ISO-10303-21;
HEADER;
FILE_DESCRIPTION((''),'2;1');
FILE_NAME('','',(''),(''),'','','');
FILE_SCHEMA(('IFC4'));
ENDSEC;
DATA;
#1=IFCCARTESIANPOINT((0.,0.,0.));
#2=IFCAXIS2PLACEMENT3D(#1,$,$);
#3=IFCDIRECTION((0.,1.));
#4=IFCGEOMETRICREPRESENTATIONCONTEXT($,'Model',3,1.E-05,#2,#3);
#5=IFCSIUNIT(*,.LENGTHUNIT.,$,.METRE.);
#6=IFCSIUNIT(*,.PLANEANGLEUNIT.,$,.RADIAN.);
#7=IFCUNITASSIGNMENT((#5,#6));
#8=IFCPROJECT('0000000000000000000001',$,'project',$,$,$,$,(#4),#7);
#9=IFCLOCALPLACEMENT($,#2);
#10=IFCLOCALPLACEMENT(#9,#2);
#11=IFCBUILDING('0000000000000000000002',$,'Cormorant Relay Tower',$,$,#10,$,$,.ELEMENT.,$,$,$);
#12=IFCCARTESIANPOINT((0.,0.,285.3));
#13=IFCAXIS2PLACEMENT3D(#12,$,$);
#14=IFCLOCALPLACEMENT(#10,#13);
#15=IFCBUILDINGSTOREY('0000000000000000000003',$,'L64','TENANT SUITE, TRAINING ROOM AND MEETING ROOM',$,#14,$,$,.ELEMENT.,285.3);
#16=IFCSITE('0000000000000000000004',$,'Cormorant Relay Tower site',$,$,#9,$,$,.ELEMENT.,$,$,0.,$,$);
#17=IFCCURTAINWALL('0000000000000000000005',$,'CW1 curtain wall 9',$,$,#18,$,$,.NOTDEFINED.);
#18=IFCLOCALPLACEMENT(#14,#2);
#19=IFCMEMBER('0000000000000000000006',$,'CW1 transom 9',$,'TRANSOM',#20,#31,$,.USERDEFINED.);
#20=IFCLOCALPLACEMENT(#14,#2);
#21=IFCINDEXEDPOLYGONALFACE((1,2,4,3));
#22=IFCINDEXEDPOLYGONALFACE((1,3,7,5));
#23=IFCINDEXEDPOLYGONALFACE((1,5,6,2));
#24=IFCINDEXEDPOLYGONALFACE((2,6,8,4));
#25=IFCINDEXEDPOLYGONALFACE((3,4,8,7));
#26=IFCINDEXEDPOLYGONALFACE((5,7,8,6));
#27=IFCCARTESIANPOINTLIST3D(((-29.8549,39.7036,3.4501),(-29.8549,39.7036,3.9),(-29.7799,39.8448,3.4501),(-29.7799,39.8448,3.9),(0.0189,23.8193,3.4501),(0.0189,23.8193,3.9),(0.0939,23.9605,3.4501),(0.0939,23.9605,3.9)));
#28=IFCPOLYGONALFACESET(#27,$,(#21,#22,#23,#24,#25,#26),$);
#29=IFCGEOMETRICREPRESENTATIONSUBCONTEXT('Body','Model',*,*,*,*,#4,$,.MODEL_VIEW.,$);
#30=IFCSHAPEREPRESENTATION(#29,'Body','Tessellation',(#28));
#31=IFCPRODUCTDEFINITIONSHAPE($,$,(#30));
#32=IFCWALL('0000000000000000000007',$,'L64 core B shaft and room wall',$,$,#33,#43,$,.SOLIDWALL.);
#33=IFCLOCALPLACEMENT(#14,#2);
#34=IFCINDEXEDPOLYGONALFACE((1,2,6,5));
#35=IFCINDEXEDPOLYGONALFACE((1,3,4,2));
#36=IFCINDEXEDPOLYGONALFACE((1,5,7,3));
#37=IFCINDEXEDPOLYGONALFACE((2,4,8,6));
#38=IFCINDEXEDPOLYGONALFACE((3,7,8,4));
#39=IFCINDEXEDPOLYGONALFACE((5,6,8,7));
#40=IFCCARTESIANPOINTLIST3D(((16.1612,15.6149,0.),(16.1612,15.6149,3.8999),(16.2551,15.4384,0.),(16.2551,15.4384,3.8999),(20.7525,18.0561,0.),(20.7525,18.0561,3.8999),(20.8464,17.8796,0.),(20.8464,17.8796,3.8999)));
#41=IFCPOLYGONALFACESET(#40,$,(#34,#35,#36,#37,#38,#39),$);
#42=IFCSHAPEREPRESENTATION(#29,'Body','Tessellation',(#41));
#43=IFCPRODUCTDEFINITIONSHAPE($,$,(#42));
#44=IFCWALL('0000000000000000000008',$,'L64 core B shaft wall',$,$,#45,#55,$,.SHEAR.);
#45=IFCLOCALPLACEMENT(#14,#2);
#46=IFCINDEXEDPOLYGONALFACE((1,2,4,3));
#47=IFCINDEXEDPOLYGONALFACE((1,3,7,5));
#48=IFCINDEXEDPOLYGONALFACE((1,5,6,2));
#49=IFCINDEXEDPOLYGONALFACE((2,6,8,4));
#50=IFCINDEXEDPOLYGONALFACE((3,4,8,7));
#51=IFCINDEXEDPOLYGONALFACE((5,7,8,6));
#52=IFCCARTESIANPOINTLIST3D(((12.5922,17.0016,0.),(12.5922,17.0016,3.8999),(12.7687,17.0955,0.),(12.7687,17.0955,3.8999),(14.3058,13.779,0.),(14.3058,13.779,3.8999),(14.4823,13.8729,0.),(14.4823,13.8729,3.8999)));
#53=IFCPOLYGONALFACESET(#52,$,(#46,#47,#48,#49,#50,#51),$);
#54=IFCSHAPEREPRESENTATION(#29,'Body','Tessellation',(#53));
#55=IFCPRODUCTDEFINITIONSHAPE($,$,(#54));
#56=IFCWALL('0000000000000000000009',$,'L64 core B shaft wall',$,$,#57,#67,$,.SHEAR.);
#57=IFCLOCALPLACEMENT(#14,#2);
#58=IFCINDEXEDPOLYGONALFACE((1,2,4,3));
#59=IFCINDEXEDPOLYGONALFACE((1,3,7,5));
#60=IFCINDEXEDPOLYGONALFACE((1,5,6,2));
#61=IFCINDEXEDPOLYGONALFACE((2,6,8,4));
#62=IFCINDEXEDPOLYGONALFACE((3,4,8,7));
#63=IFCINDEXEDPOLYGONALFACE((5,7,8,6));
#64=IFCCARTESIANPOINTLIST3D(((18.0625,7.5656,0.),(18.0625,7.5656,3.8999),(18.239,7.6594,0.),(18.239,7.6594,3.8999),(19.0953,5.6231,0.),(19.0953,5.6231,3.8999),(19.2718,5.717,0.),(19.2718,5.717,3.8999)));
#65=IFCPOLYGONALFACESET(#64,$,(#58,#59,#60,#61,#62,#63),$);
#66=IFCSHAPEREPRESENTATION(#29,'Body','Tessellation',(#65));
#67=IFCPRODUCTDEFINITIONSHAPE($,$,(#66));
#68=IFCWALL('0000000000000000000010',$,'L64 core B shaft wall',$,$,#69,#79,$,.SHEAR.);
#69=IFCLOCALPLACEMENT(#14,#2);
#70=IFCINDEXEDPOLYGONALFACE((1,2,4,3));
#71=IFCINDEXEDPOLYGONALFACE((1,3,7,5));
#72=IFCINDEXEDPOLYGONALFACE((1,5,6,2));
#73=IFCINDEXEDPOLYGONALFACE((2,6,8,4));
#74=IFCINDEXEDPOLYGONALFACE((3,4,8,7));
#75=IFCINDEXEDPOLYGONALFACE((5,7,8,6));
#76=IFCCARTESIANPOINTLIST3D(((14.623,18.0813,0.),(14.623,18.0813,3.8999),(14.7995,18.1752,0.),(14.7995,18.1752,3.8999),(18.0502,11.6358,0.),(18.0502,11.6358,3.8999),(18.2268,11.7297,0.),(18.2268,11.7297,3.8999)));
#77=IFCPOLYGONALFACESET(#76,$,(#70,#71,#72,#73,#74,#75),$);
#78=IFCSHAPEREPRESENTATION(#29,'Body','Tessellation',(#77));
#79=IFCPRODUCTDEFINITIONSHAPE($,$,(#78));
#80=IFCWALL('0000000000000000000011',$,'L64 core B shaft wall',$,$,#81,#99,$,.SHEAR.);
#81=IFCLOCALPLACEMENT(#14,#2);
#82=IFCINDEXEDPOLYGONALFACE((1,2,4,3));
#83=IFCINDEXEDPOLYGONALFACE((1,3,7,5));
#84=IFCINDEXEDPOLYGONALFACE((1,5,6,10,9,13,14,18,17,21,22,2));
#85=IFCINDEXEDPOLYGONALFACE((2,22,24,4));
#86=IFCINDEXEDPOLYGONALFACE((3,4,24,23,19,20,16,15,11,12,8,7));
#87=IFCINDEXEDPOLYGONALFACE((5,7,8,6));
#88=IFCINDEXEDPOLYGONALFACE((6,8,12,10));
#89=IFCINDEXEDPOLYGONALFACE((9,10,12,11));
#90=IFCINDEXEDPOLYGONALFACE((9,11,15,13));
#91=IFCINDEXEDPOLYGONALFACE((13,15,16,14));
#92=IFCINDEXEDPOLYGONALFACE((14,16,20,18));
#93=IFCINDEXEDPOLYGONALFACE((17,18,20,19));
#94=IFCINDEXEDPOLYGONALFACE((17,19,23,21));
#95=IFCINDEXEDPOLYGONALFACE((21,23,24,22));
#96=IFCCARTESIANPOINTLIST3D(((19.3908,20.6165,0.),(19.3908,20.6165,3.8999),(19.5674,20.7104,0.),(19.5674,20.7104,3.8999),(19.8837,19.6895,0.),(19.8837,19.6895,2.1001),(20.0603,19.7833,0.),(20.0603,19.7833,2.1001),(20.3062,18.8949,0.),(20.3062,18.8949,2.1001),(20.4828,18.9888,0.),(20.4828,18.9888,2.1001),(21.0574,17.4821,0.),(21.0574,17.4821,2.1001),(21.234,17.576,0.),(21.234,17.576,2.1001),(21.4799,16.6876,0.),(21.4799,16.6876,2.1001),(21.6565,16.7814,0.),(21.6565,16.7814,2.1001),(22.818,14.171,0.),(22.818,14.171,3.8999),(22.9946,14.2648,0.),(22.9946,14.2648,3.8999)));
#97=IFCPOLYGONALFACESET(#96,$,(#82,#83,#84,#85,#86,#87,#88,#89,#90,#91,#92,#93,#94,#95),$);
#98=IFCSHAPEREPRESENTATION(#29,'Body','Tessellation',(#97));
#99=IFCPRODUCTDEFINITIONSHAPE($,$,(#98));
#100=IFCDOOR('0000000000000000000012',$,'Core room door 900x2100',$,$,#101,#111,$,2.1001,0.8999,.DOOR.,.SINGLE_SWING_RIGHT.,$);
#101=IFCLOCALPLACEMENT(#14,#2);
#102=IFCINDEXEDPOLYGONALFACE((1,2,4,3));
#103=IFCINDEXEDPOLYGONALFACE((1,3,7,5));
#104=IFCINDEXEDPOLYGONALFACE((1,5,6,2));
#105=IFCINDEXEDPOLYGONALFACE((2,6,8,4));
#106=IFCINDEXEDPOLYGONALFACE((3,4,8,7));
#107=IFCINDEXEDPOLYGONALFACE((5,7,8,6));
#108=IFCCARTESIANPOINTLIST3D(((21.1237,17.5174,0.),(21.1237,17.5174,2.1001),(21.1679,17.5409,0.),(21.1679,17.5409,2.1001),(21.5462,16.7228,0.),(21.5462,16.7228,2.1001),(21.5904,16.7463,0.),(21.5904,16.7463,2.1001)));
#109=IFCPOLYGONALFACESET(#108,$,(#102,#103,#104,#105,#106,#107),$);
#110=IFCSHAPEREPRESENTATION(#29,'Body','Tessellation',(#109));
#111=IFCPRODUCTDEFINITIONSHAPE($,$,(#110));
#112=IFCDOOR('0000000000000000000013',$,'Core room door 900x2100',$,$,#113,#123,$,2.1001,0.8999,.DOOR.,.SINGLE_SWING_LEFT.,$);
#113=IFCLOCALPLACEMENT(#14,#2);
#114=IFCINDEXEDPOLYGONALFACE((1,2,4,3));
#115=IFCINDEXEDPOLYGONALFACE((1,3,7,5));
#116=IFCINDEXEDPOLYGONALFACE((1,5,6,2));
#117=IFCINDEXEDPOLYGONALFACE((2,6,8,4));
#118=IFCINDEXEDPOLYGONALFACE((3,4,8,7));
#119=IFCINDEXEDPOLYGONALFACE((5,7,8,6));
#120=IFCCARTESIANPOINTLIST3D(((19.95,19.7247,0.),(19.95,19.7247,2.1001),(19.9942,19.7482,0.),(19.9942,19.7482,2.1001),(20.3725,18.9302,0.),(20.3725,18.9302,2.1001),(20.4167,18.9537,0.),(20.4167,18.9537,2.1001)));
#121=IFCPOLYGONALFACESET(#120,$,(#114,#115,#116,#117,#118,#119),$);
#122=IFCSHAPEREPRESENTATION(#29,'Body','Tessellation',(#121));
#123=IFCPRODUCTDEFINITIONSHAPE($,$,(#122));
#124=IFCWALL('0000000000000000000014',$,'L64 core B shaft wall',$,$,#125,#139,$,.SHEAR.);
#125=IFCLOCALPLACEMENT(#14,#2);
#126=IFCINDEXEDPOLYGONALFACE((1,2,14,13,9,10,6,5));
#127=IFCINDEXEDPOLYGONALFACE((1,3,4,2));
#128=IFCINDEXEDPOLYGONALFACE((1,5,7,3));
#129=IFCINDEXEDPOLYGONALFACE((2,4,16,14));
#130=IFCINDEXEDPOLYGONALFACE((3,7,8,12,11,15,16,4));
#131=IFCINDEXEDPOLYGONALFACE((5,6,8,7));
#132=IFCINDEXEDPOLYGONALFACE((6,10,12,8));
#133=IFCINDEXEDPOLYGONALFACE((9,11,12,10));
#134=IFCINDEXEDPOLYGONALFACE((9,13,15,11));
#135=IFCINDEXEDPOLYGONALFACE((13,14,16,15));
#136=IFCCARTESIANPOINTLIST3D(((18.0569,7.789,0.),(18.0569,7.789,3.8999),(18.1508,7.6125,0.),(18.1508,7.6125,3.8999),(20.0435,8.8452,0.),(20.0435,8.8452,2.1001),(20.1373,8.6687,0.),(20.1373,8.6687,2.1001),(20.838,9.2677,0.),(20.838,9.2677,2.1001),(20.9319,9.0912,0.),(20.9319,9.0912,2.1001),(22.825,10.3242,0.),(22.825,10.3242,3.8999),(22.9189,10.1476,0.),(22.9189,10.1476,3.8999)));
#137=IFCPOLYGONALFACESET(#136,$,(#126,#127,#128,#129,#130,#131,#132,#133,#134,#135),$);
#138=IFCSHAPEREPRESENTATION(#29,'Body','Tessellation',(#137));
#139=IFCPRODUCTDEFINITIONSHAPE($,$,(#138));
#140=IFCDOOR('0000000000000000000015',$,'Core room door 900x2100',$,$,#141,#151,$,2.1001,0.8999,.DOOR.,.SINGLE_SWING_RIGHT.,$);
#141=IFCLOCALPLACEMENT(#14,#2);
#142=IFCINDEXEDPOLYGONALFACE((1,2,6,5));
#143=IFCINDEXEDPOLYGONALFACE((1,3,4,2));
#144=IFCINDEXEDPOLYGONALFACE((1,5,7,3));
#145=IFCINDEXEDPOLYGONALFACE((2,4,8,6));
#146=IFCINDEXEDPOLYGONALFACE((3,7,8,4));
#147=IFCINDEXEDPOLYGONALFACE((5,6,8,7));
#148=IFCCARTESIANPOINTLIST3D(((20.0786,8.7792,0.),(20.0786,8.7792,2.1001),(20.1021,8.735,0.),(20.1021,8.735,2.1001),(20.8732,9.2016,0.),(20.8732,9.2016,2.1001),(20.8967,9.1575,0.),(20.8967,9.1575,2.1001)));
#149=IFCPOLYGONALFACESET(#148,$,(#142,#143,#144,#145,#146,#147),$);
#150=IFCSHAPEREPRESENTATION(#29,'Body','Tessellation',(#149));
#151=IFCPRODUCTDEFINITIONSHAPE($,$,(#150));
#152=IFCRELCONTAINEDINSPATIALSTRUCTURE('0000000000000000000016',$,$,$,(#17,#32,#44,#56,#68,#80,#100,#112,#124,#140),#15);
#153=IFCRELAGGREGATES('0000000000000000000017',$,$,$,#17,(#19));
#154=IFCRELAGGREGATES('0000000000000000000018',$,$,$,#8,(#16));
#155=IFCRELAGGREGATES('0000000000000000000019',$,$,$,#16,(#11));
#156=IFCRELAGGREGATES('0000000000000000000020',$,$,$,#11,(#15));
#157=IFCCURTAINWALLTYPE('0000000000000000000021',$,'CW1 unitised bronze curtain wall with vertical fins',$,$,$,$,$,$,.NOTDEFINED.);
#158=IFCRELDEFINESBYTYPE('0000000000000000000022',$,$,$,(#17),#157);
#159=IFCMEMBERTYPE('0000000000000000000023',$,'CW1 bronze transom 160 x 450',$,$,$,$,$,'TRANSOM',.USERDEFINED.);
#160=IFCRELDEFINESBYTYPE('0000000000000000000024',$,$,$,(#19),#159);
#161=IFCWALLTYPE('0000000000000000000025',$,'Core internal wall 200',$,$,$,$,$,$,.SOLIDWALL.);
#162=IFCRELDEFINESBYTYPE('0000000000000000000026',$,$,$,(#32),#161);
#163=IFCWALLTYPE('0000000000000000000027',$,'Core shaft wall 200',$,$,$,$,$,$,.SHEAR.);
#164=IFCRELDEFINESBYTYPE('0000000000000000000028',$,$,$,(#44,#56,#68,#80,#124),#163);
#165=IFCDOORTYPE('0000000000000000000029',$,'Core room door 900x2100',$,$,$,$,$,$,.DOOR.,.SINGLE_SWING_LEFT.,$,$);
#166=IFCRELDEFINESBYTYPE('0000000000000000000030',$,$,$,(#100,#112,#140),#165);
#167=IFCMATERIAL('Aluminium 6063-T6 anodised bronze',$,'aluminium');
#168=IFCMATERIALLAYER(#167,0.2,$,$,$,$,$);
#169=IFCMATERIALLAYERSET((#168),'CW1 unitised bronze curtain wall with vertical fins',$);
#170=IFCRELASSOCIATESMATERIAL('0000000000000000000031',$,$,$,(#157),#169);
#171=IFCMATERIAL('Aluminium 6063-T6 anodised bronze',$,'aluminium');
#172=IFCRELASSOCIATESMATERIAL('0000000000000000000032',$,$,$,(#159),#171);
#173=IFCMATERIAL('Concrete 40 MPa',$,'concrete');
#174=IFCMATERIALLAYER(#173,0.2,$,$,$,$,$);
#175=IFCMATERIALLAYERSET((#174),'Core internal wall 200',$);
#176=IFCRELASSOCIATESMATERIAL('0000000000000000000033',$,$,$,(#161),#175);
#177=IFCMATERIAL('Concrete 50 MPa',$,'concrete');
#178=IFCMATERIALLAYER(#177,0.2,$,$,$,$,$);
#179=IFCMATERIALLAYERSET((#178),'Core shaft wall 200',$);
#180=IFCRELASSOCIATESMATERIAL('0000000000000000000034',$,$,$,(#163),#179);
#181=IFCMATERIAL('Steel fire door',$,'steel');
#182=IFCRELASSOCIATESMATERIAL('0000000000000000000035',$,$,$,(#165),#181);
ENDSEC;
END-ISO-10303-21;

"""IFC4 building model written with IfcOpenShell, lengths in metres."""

from ifc_helpers import new_model, si_unit, direction, frame, frame_2d, origin, origin_2d, place, context, subcontext, project, spatial, rectangle, extrude, material, layer, layer_set, material_profile, profile_set, type_object, element, fill, aggregate, save


model = new_model("IFC4")

# Units and contexts
model_context = context("Model", 3, precision=1e-05, world=origin(), true_north=direction((0.0, 1.0)))
body_context = subcontext(model_context, "Body", "Model", "MODEL_VIEW")
ifc_project = project(units=[si_unit("LENGTHUNIT", "METRE"), si_unit("PLANEANGLEUNIT", "RADIAN")], contexts=[model_context])

# Site, building, storey
site_placement = place(None, origin())
site = spatial("IfcSite", under=ifc_project, at=site_placement, Name="Cormorant Relay Tower site", CompositionType="ELEMENT", RefElevation=0.0)
building_placement = place(site_placement, origin())
building = spatial("IfcBuilding", under=site, at=building_placement, Name="Cormorant Relay Tower", CompositionType="ELEMENT")
storey_placement = place(building_placement, frame((0.0, 0.0, 285.3)))
storey = spatial("IfcBuildingStorey", under=building, at=storey_placement, Name="L64", Description="TENANT SUITE, TRAINING ROOM AND MEETING ROOM", CompositionType="ELEMENT", Elevation=285.3)

# Curtain wall, member
ifc_material_1 = material(Name="Aluminium 6063-T6 anodised bronze", Category="aluminium")
ifc_layer_1 = layer(ifc_material_1, 0.2)
ifc_layer_set_1 = layer_set([ifc_layer_1], Name="CW1 unitised bronze curtain wall with vertical fins")
curtain_wall_type = type_object("IfcCurtainWallType", Name="CW1 unitised bronze curtain wall with vertical fins", PredefinedType="NOTDEFINED", material=ifc_layer_set_1)
curtain_wall_placement = place(storey_placement, origin())
curtain_wall = element("IfcCurtainWall", 1, at=curtain_wall_placement, inside=storey, type_object=curtain_wall_type, Name="CW1 curtain wall 9", PredefinedType="NOTDEFINED")
ifc_material_2 = material(Name="Aluminium 6063-T6 anodised bronze", Category="aluminium")
ifc_material_profile_1 = material_profile(ifc_material_2, rectangle(XDim=0.1599, YDim=0.45, at=origin_2d()), Name="AL 160x450")
ifc_profile_set_1 = profile_set([ifc_material_profile_1], Name="Aluminium 6063-T6 anodised bronze")
member_type = type_object("IfcMemberType", Name="CW1 bronze transom 160 x 450", ElementType="TRANSOM", PredefinedType="USERDEFINED", material=ifc_profile_set_1)
member_placement = place(storey_placement, frame((0.0564, 23.8899, 3.675), z_axis=(-0.882946, 0.469474, 0.0), x_axis=(-0.469474, -0.882946, 0.0)))
member = element("IfcMember", 2, at=member_placement, type_object=member_type, Name="CW1 transom 9", ObjectType="TRANSOM", PredefinedType="USERDEFINED", context=body_context, shape_type="SweptSolid", body=[
    extrude(rectangle(XDim=0.1599, YDim=0.45, at=origin_2d()), origin(), (0.0, 0.0, 1.0), 33.8342),
])
aggregate(curtain_wall, [member])

# Walls
ifc_material_3 = material(Name="Concrete 40 MPa", Category="concrete")
ifc_layer_2 = layer(ifc_material_3, 0.2)
ifc_layer_set_2 = layer_set([ifc_layer_2], Name="Core internal wall 200")
wall_type_1 = type_object("IfcWallType", Name="Core internal wall 200", PredefinedType="SOLIDWALL", material=ifc_layer_set_2)
wall_1_placement = place(storey_placement, frame((16.208, 15.5266, 0.0), z_axis=(0.0, 0.0, 1.0), x_axis=(0.882954, 0.46946, 0.0)))
element("IfcWall", 3, at=wall_1_placement, inside=storey, type_object=wall_type_1, Name="L64 core B shaft and room wall", PredefinedType="SOLIDWALL", context=body_context, shape_type="SweptSolid", body=[
    extrude(rectangle(XDim=5.2, YDim=0.2, at=frame_2d((2.6001, 0.0))), origin(), (0.0, 0.0, 1.0), 3.8999),
])
ifc_material_4 = material(Name="Concrete 50 MPa", Category="concrete")
ifc_layer_3 = layer(ifc_material_4, 0.2)
ifc_layer_set_3 = layer_set([ifc_layer_3], Name="Core shaft wall 200")
wall_type_2 = type_object("IfcWallType", Name="Core shaft wall 200", PredefinedType="SHEAR", material=ifc_layer_set_3)
wall_2_placement = place(storey_placement, frame((14.394, 13.8259, 0.0), z_axis=(0.0, 0.0, 1.0), x_axis=(-0.469494, 0.882936, 0.0)))
element("IfcWall", 4, at=wall_2_placement, inside=storey, type_object=wall_type_2, Name="L64 core B shaft wall", PredefinedType="SHEAR", context=body_context, shape_type="SweptSolid", body=[
    extrude(rectangle(XDim=3.6499, YDim=0.2, at=frame_2d((1.825, 0.0))), origin(), (0.0, 0.0, 1.0), 3.8999),
])
wall_3_placement = place(storey_placement, frame((19.1836, 5.6699, 0.0), z_axis=(0.0, 0.0, 1.0), x_axis=(-0.469447, 0.88296, 0.0)))
element("IfcWall", 5, at=wall_3_placement, inside=storey, type_object=wall_type_2, Name="L64 core B shaft wall", PredefinedType="SHEAR", context=body_context, shape_type="SweptSolid", body=[
    extrude(rectangle(XDim=2.2, YDim=0.2, at=frame_2d((1.1001, 0.0))), origin(), (0.0, 0.0, 1.0), 3.8999),
])
wall_4_placement = place(storey_placement, frame((18.1384, 11.6829, 0.0), z_axis=(0.0, 0.0, 1.0), x_axis=(-0.46948, 0.882943, 0.0)))
element("IfcWall", 6, at=wall_4_placement, inside=storey, type_object=wall_type_2, Name="L64 core B shaft wall", PredefinedType="SHEAR", context=body_context, shape_type="SweptSolid", body=[
    extrude(rectangle(XDim=7.3, YDim=0.2, at=frame_2d((3.6499, 0.0))), origin(), (0.0, 0.0, 1.0), 3.8999),
])

# Wall, openings, doors
wall_5_placement = place(storey_placement, frame((22.9062, 14.218, 0.0), z_axis=(0.0, 0.0, 1.0), x_axis=(-0.46948, 0.882943, 0.0)))
wall_5 = element("IfcWall", 7, at=wall_5_placement, inside=storey, type_object=wall_type_2, Name="L64 core B shaft wall", PredefinedType="SHEAR", context=body_context, shape_type="SweptSolid", body=[
    extrude(rectangle(XDim=7.3, YDim=0.2, at=frame_2d((3.6499, 0.0))), origin(), (0.0, 0.0, 1.0), 3.8999),
])
opening_1_placement = place(wall_5_placement, frame((2.8501, 0.0, 0.0)))
opening_1 = element("IfcOpeningElement", 8, at=opening_1_placement, cuts=wall_5, PredefinedType="OPENING", context=body_context, shape_type="SweptSolid", body=[
    extrude(rectangle(XDim=0.8999, YDim=2.1001, at=frame_2d((0.45, 1.05))), frame((0.0, 0.1099, 0.0), z_axis=(0.0, -1.0, 0.0), x_axis=(1.0, 0.0, 0.0)), (0.0, 0.0, 1.0), 0.22),
])
opening_2_placement = place(wall_5_placement, frame((5.3501, 0.0, 0.0)))
opening_2 = element("IfcOpeningElement", 9, at=opening_2_placement, cuts=wall_5, PredefinedType="OPENING", context=body_context, shape_type="SweptSolid", body=[
    extrude(rectangle(XDim=0.8999, YDim=2.1001, at=frame_2d((0.45, 1.05))), frame((0.0, 0.1099, 0.0), z_axis=(0.0, -1.0, 0.0), x_axis=(1.0, 0.0, 0.0)), (0.0, 0.0, 1.0), 0.22),
])
ifc_material_5 = material(Name="Steel fire door", Category="steel")
door_type_1 = type_object("IfcDoorType", Name="Core room door 900x2100", OperationType="SINGLE_SWING_LEFT", PredefinedType="DOOR", material=ifc_material_5)
door_1_placement = place(opening_1_placement, origin())
door_1 = element("IfcDoor", 10, at=door_1_placement, inside=storey, type_object=door_type_1, Name="Core room door 900x2100", OperationType="SINGLE_SWING_RIGHT", OverallHeight=2.1001, OverallWidth=0.8999, PredefinedType="DOOR", context=body_context, shape_type="SweptSolid", body=[
    extrude(rectangle(XDim=0.8999, YDim=2.1001, at=frame_2d((0.45, 1.05))), frame((0.0, 0.0249, 0.0), z_axis=(0.0, -1.0, 0.0), x_axis=(1.0, 0.0, 0.0)), (0.0, 0.0, 1.0), 0.05),
])
fill(opening_1, door_1)
door_2_placement = place(opening_2_placement, origin())
door_2 = element("IfcDoor", 11, at=door_2_placement, inside=storey, type_object=door_type_1, Name="Core room door 900x2100", OperationType="SINGLE_SWING_LEFT", OverallHeight=2.1001, OverallWidth=0.8999, PredefinedType="DOOR", context=body_context, shape_type="SweptSolid", body=[
    extrude(rectangle(XDim=0.8999, YDim=2.1001, at=frame_2d((0.45, 1.05))), frame((0.0, 0.0249, 0.0), z_axis=(0.0, -1.0, 0.0), x_axis=(1.0, 0.0, 0.0)), (0.0, 0.0, 1.0), 0.05),
])
fill(opening_2, door_2)

# Wall, opening, door
wall_6_placement = place(storey_placement, frame((18.1038, 7.7007, 0.0), z_axis=(0.0, 0.0, 1.0), x_axis=(0.882953, 0.469462, 0.0)))
wall_6 = element("IfcWall", 12, at=wall_6_placement, inside=storey, type_object=wall_type_2, Name="L64 core B shaft wall", PredefinedType="SHEAR", context=body_context, shape_type="SweptSolid", body=[
    extrude(rectangle(XDim=5.4001, YDim=0.2, at=frame_2d((2.7002, 0.0))), origin(), (0.0, 0.0, 1.0), 3.8999),
])
opening_3_placement = place(wall_6_placement, frame((2.25, 0.0, 0.0)))
opening_3 = element("IfcOpeningElement", 13, at=opening_3_placement, cuts=wall_6, PredefinedType="OPENING", context=body_context, shape_type="SweptSolid", body=[
    extrude(rectangle(XDim=0.8999, YDim=2.1001, at=frame_2d((0.45, 1.05))), frame((0.0, 0.1099, 0.0), z_axis=(0.0, -1.0, 0.0), x_axis=(1.0, 0.0, 0.0)), (0.0, 0.0, 1.0), 0.22),
])
door_3_placement = place(opening_3_placement, frame((0.8999, 0.0, 0.0), z_axis=(0.0, 0.0, 1.0), x_axis=(-1.0, 0.0, 0.0)))
door_3 = element("IfcDoor", 14, at=door_3_placement, inside=storey, type_object=door_type_1, Name="Core room door 900x2100", OperationType="SINGLE_SWING_RIGHT", OverallHeight=2.1001, OverallWidth=0.8999, PredefinedType="DOOR", context=body_context, shape_type="SweptSolid", body=[
    extrude(rectangle(XDim=0.8999, YDim=2.1001, at=frame_2d((0.45, 1.05))), frame((0.0, 0.0249, 0.0), z_axis=(0.0, -1.0, 0.0), x_axis=(1.0, 0.0, 0.0)), (0.0, 0.0, 1.0), 0.05),
])
fill(opening_3, door_3)

save(model, "model.ifc")
